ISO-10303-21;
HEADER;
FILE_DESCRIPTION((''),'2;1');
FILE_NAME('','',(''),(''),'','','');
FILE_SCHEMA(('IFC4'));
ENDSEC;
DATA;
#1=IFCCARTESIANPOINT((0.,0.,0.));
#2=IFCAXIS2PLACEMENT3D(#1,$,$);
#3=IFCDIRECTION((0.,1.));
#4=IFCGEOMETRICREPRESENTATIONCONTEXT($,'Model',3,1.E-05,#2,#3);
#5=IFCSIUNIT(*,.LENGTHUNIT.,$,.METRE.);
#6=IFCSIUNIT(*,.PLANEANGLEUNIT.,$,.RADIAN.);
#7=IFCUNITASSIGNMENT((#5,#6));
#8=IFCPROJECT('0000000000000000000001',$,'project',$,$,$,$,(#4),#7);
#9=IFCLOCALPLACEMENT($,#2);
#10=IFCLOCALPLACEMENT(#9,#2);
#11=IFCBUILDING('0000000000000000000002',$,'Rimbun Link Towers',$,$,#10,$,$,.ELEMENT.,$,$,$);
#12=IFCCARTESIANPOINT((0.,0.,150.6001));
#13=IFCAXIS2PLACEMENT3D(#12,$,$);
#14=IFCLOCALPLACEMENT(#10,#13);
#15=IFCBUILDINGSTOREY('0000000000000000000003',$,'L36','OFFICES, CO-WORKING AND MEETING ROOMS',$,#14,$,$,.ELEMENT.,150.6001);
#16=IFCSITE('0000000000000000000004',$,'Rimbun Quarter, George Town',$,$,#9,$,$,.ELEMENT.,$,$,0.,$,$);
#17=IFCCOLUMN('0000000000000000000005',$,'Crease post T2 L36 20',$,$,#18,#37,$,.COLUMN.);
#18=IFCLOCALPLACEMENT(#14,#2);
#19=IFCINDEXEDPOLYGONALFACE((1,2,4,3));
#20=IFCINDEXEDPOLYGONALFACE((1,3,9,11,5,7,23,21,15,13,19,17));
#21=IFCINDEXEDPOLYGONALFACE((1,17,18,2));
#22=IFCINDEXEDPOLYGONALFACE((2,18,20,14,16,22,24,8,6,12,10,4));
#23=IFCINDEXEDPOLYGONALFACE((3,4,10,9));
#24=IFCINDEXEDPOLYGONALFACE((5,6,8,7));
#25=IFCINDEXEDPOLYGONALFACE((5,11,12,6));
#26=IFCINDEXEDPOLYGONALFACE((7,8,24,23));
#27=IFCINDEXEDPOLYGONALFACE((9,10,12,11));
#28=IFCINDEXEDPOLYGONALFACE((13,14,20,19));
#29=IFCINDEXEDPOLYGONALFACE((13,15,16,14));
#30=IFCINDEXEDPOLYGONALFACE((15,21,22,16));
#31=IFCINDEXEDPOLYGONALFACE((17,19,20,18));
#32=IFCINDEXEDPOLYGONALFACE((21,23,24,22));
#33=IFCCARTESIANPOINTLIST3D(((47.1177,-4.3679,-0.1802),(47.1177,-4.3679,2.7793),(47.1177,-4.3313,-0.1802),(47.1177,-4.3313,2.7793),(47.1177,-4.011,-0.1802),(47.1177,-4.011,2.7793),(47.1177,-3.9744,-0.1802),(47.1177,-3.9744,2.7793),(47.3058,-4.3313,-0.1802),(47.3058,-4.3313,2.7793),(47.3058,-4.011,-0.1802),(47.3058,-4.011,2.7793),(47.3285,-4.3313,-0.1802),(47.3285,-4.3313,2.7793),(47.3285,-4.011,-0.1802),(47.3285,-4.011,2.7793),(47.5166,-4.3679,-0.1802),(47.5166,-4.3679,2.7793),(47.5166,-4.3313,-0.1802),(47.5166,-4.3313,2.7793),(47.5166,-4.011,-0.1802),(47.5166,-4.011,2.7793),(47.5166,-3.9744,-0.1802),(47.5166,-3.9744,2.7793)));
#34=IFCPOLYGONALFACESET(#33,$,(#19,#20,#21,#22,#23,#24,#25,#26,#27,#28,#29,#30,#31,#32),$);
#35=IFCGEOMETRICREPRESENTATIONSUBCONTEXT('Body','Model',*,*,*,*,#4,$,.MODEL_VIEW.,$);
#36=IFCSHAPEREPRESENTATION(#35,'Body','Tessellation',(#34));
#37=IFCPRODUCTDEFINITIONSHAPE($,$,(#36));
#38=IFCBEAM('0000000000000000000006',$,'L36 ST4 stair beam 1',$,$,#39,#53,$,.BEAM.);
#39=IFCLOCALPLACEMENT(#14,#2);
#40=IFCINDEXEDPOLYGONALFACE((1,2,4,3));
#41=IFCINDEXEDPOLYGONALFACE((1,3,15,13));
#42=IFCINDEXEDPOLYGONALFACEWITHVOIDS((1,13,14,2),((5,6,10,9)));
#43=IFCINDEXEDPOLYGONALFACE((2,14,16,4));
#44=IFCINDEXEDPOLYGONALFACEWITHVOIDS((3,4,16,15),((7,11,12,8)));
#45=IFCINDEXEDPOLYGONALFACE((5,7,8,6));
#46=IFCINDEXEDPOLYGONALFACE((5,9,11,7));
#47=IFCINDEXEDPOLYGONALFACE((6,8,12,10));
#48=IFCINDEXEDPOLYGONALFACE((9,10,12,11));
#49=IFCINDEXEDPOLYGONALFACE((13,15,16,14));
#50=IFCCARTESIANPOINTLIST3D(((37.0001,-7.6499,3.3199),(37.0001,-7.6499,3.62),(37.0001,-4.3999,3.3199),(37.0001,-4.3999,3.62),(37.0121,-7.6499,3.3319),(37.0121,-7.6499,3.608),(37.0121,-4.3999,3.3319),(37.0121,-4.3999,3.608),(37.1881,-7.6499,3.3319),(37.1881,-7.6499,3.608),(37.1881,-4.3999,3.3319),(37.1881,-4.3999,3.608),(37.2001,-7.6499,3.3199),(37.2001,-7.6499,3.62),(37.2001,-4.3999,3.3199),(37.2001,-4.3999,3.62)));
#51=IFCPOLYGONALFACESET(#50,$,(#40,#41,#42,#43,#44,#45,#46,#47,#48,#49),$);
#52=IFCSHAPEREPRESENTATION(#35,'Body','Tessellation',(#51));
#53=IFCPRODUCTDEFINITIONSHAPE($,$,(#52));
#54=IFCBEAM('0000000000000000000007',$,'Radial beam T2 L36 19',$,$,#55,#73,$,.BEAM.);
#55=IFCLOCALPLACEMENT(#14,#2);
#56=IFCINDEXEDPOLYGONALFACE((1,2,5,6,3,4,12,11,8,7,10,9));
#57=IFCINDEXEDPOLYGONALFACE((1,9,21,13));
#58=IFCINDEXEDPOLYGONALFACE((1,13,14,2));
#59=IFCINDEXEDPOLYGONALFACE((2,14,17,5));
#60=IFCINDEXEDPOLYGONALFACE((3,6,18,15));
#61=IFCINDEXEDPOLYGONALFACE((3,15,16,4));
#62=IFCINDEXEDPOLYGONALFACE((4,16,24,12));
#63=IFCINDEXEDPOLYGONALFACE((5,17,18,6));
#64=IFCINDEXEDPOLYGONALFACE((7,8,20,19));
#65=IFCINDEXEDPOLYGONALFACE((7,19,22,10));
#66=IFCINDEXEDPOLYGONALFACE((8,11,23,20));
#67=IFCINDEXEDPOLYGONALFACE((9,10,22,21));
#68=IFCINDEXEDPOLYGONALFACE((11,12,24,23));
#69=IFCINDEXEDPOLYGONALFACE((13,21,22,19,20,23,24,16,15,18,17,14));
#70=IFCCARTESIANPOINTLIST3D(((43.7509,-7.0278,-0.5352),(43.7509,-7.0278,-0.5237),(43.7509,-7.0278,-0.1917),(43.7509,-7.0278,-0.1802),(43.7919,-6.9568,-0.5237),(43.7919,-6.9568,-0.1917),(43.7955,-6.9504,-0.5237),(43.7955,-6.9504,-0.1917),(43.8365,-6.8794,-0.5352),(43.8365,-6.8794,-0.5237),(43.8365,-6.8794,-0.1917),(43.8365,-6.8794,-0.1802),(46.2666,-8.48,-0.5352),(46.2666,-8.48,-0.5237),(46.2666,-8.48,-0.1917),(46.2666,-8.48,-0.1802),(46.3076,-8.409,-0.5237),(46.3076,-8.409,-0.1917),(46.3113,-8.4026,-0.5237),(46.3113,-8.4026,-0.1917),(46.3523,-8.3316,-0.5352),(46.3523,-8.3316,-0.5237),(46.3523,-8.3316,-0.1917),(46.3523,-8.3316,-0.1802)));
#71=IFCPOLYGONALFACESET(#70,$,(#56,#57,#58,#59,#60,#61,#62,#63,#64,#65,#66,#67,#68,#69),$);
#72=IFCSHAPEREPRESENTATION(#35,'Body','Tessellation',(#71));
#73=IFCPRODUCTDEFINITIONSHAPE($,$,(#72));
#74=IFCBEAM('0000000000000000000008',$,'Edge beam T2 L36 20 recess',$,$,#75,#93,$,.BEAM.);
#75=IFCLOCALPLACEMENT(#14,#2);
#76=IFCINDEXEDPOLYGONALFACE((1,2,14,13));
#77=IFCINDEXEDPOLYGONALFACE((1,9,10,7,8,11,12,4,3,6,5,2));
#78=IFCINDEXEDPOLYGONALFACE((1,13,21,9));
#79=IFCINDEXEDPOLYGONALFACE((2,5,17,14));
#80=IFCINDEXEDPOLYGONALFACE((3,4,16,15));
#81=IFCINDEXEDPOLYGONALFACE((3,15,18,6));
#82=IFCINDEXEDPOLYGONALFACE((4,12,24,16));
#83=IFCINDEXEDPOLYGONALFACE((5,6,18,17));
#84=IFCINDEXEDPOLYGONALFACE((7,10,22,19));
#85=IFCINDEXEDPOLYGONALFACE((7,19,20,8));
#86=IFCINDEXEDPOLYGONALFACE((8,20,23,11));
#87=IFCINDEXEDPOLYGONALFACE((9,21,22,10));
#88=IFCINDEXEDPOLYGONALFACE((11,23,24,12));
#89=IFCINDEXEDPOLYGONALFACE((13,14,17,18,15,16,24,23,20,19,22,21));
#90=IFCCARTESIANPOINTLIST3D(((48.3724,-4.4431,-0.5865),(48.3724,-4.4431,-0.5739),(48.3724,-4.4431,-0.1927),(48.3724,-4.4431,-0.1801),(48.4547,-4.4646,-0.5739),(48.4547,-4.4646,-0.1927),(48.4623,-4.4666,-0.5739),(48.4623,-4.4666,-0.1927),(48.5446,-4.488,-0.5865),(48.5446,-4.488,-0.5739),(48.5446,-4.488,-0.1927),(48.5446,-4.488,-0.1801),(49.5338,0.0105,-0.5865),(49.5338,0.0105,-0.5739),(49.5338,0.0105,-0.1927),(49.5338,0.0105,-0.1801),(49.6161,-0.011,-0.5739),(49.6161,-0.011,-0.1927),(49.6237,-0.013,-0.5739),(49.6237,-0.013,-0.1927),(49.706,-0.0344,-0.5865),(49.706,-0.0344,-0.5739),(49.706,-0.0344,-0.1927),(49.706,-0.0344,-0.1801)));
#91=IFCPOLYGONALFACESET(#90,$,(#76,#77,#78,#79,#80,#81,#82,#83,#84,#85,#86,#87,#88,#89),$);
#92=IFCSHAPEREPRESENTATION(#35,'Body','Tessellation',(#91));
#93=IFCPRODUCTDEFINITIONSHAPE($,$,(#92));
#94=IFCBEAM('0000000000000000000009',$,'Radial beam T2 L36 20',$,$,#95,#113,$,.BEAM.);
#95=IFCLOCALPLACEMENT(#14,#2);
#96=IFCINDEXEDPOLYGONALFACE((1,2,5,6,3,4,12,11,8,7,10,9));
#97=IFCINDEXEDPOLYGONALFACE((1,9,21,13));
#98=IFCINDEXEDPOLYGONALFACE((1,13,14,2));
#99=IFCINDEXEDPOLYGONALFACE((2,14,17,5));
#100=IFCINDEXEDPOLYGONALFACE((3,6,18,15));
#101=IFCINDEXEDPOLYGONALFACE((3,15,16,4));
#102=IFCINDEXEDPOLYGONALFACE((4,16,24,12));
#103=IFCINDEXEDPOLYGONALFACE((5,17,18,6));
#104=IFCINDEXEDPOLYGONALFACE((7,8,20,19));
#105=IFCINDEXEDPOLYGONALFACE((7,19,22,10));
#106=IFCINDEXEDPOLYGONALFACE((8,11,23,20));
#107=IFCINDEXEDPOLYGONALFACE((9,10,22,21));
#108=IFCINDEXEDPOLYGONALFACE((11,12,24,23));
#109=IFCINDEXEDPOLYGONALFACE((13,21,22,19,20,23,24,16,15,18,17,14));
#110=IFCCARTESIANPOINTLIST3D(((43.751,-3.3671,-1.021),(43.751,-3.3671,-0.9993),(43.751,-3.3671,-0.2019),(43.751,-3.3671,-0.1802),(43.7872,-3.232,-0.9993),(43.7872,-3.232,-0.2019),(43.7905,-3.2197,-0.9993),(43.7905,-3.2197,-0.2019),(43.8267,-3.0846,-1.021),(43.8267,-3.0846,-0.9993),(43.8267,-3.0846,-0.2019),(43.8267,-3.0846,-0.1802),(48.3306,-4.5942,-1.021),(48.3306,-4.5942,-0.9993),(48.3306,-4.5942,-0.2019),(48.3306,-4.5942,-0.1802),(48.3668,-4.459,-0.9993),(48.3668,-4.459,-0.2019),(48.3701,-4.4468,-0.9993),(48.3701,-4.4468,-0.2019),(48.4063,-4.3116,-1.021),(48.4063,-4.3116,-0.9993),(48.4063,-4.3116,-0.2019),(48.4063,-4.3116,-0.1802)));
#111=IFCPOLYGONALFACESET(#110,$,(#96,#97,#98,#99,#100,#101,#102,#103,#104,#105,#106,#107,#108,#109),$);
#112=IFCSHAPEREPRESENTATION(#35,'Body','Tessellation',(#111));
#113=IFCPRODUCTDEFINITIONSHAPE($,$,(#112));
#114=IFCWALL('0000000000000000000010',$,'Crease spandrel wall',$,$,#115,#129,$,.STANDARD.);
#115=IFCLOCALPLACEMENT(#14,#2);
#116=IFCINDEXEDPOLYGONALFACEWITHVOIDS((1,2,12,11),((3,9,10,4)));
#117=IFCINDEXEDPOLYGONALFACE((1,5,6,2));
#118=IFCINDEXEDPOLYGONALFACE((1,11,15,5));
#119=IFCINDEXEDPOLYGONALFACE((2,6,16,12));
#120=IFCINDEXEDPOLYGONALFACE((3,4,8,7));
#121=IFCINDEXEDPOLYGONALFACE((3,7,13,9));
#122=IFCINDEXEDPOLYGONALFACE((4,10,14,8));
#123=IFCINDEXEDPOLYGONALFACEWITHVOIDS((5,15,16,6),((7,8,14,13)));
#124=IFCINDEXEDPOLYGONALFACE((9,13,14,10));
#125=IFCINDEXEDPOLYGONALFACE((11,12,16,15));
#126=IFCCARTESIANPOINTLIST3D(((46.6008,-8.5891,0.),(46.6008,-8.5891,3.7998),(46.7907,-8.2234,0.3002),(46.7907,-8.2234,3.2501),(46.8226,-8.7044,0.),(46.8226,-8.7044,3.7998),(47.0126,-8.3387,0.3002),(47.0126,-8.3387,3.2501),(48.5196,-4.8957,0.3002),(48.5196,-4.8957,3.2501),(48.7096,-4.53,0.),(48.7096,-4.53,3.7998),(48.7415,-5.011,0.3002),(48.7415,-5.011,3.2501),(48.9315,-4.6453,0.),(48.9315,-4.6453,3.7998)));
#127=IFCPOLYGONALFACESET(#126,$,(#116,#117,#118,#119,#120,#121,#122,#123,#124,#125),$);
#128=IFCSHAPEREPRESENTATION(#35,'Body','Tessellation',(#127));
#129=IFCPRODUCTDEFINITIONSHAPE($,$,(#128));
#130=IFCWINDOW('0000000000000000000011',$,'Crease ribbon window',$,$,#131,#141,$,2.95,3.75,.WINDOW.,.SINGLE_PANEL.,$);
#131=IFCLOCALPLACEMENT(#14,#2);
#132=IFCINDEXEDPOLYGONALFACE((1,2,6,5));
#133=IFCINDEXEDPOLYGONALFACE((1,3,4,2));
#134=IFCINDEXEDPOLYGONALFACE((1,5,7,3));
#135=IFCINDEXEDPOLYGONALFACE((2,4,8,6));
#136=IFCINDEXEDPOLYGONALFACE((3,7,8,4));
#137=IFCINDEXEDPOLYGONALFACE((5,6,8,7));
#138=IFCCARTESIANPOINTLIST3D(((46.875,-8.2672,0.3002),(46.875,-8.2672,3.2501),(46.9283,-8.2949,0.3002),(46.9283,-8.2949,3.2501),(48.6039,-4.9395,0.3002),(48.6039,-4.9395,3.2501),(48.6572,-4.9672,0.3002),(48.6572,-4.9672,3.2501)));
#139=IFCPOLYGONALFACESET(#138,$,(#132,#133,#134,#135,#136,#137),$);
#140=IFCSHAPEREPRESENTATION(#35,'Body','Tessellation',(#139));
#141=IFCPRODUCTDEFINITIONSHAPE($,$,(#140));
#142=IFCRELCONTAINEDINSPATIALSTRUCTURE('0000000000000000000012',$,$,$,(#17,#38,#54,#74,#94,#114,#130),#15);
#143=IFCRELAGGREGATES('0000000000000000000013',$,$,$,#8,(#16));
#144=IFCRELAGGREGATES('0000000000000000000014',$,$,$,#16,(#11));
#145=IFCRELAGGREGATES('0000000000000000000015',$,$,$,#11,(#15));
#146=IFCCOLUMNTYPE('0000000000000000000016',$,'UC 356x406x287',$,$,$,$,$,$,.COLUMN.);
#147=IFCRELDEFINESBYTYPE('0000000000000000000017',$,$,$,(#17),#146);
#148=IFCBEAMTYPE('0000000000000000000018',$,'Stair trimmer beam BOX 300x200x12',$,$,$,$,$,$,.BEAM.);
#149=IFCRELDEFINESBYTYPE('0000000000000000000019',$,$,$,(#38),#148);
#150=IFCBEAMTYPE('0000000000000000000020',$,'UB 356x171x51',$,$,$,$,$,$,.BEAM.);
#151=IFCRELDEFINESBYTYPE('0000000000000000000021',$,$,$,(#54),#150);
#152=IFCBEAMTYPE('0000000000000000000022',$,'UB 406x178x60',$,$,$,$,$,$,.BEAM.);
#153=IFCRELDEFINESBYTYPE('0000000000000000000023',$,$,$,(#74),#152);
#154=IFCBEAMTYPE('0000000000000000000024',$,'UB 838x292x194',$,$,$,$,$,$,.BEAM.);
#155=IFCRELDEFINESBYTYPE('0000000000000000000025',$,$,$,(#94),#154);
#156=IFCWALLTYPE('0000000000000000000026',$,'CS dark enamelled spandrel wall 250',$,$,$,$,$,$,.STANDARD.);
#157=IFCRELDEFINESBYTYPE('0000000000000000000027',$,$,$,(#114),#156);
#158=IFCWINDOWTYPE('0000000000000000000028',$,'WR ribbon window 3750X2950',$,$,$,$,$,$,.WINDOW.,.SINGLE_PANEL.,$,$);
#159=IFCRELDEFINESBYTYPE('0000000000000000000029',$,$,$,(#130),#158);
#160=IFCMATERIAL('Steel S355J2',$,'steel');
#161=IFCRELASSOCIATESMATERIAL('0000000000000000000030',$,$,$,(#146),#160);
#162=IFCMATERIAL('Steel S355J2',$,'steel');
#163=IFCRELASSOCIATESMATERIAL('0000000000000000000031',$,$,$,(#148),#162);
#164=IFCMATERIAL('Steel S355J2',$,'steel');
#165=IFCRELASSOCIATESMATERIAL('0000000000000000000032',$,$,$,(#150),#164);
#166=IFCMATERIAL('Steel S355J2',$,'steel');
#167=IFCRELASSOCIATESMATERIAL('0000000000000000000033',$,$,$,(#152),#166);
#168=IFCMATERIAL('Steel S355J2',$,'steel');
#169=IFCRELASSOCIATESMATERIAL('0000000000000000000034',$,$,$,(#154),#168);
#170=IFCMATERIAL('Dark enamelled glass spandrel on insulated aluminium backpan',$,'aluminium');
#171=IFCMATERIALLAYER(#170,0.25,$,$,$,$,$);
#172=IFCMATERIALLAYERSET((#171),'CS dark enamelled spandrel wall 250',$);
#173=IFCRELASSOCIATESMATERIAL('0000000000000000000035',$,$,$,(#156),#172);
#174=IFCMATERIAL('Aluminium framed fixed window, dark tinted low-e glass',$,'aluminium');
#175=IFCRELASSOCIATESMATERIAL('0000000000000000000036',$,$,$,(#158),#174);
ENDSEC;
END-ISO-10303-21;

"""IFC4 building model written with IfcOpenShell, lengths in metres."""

from ifc_helpers import new_model, si_unit, direction, frame, frame_2d, origin, origin_2d, place, context, subcontext, project, spatial, rectangle, hollow_rectangle, i_section, extrude, material, layer, layer_set, material_profile, profile_set, type_object, element, fill, save


model = new_model("IFC4")

# Units and contexts
model_context = context("Model", 3, precision=1e-05, world=origin(), true_north=direction((0.0, 1.0)))
body_context = subcontext(model_context, "Body", "Model", "MODEL_VIEW")
ifc_project = project(units=[si_unit("LENGTHUNIT", "METRE"), si_unit("PLANEANGLEUNIT", "RADIAN")], contexts=[model_context])

# Site, building, storey
site_placement = place(None, origin())
site = spatial("IfcSite", under=ifc_project, at=site_placement, Name="Rimbun Quarter, George Town", CompositionType="ELEMENT", RefElevation=0.0)
building_placement = place(site_placement, origin())
building = spatial("IfcBuilding", under=site, at=building_placement, Name="Rimbun Link Towers", CompositionType="ELEMENT")
storey_placement = place(building_placement, frame((0.0, 0.0, 150.6001)))
storey = spatial("IfcBuildingStorey", under=building, at=storey_placement, Name="L36", Description="OFFICES, CO-WORKING AND MEETING ROOMS", CompositionType="ELEMENT", Elevation=150.6001)

# Column
ifc_material_1 = material(Name="Steel S355J2", Category="steel")
ifc_material_profile_1 = material_profile(ifc_material_1, i_section(OverallWidth=0.3989, OverallDepth=0.3936, WebThickness=0.0227, FlangeThickness=0.0366, at=origin_2d()), Name="UC 356x406x287")
ifc_profile_set_1 = profile_set([ifc_material_profile_1], Name="Steel S355J2")
column_type = type_object("IfcColumnType", Name="UC 356x406x287", PredefinedType="COLUMN", material=ifc_profile_set_1)
column_placement = place(storey_placement, frame((47.3171, -4.1711, -0.1802), z_axis=(0.0, 0.0, 1.0), x_axis=(1.0, 0.0, 0.0)))
element("IfcColumn", 1, at=column_placement, inside=storey, type_object=column_type, Name="Crease post T2 L36 20", PredefinedType="COLUMN", context=body_context, shape_type="SweptSolid", body=[
    extrude(i_section(OverallWidth=0.3989, OverallDepth=0.3936, WebThickness=0.0227, FlangeThickness=0.0366, at=origin_2d()), origin(), (0.0, 0.0, 1.0), 2.9595),
])

# Beams
ifc_material_2 = material(Name="Steel S355J2", Category="steel")
ifc_material_profile_2 = material_profile(ifc_material_2, hollow_rectangle(XDim=0.2, YDim=0.3, WallThickness=0.012, at=origin_2d()), Name="BOX 300x200x12")
ifc_profile_set_2 = profile_set([ifc_material_profile_2], Name="Steel S355J2")
beam_type_1 = type_object("IfcBeamType", Name="Stair trimmer beam BOX 300x200x12", PredefinedType="BEAM", material=ifc_profile_set_2)
beam_1_placement = place(storey_placement, frame((37.1001, -7.6499, 3.47), z_axis=(0.0, 1.0, 0.0), x_axis=(-1.0, 0.0, 0.0)))
element("IfcBeam", 2, at=beam_1_placement, inside=storey, type_object=beam_type_1, Name="L36 ST4 stair beam 1", PredefinedType="BEAM", context=body_context, shape_type="SweptSolid", body=[
    extrude(hollow_rectangle(XDim=0.2, YDim=0.3, WallThickness=0.012, at=origin_2d()), origin(), (0.0, 0.0, 1.0), 3.25),
])
ifc_material_3 = material(Name="Steel S355J2", Category="steel")
ifc_material_profile_3 = material_profile(ifc_material_3, i_section(OverallWidth=0.1714, OverallDepth=0.355, WebThickness=0.0073, FlangeThickness=0.0115, at=origin_2d()), Name="UB 356x171x51")
ifc_profile_set_3 = profile_set([ifc_material_profile_3], Name="Steel S355J2")
beam_type_2 = type_object("IfcBeamType", Name="UB 356x171x51", PredefinedType="BEAM", material=ifc_profile_set_3)
beam_2_placement = place(storey_placement, frame((43.7937, -6.9536, -0.3577), z_axis=(0.866062, -0.499936, 0.0), x_axis=(0.499936, 0.866062, 0.0)))
element("IfcBeam", 3, at=beam_2_placement, inside=storey, type_object=beam_type_2, Name="Radial beam T2 L36 19", PredefinedType="BEAM", context=body_context, shape_type="SweptSolid", body=[
    extrude(i_section(OverallWidth=0.1714, OverallDepth=0.355, WebThickness=0.0073, FlangeThickness=0.0115, at=origin_2d()), origin(), (0.0, 0.0, 1.0), 2.9048),
])
ifc_material_4 = material(Name="Steel S355J2", Category="steel")
ifc_material_profile_4 = material_profile(ifc_material_4, i_section(OverallWidth=0.178, OverallDepth=0.4065, WebThickness=0.0078, FlangeThickness=0.0127, at=origin_2d()), Name="UB 406x178x60")
ifc_profile_set_4 = profile_set([ifc_material_profile_4], Name="Steel S355J2")
beam_type_3 = type_object("IfcBeamType", Name="UB 406x178x60", PredefinedType="BEAM", material=ifc_profile_set_4)
beam_3_placement = place(storey_placement, frame((48.4585, -4.4656, -0.3833), z_axis=(0.252333, 0.96764, 0.0), x_axis=(-0.96764, 0.252333, 0.0)))
element("IfcBeam", 4, at=beam_3_placement, inside=storey, type_object=beam_type_3, Name="Edge beam T2 L36 20 recess", PredefinedType="BEAM", context=body_context, shape_type="SweptSolid", body=[
    extrude(i_section(OverallWidth=0.178, OverallDepth=0.4065, WebThickness=0.0078, FlangeThickness=0.0127, at=origin_2d()), origin(), (0.0, 0.0, 1.0), 4.6025),
])
ifc_material_5 = material(Name="Steel S355J2", Category="steel")
ifc_material_profile_5 = material_profile(ifc_material_5, i_section(OverallWidth=0.2925, OverallDepth=0.8408, WebThickness=0.0127, FlangeThickness=0.0217, at=origin_2d()), Name="UB 838x292x194")
ifc_profile_set_5 = profile_set([ifc_material_profile_5], Name="Steel S355J2")
beam_type_4 = type_object("IfcBeamType", Name="UB 838x292x194", PredefinedType="BEAM", material=ifc_profile_set_5)
beam_4_placement = place(storey_placement, frame((43.7888, -3.2258, -0.6006), z_axis=(0.965928, -0.25881, 0.0), x_axis=(0.25881, 0.965928, 0.0)))
element("IfcBeam", 5, at=beam_4_placement, inside=storey, type_object=beam_type_4, Name="Radial beam T2 L36 20", PredefinedType="BEAM", context=body_context, shape_type="SweptSolid", body=[
    extrude(i_section(OverallWidth=0.2925, OverallDepth=0.8408, WebThickness=0.0127, FlangeThickness=0.0217, at=origin_2d()), origin(), (0.0, 0.0, 1.0), 4.7412),
])

# Wall, opening, window
ifc_material_6 = material(Name="Dark enamelled glass spandrel on insulated aluminium backpan", Category="aluminium")
ifc_layer_1 = layer(ifc_material_6, 0.25)
ifc_layer_set_1 = layer_set([ifc_layer_1], Name="CS dark enamelled spandrel wall 250")
wall_type_1 = type_object("IfcWallType", Name="CS dark enamelled spandrel wall 250", PredefinedType="STANDARD", material=ifc_layer_set_1)
wall_1_placement = place(storey_placement, frame((48.8206, -4.5876, 0.0), z_axis=(0.0, 0.0, 1.0), x_axis=(-0.461037, -0.887381, 0.0)))
wall_1 = element("IfcWall", 6, at=wall_1_placement, inside=storey, type_object=wall_type_1, Name="Crease spandrel wall", PredefinedType="STANDARD", context=body_context, shape_type="SweptSolid", body=[
    extrude(rectangle(XDim=4.5742, YDim=0.25, at=frame_2d((2.2871, 0.0))), origin(), (0.0, 0.0, 1.0), 3.7998),
])
opening_1_placement = place(wall_1_placement, frame((0.4121, 0.0, 0.3)))
opening_1 = element("IfcOpeningElement", 7, at=opening_1_placement, cuts=wall_1, PredefinedType="OPENING", context=body_context, shape_type="SweptSolid", body=[
    extrude(rectangle(XDim=3.75, YDim=2.95, at=frame_2d((1.875, 1.4751))), frame((0.0, 0.135, 0.0), z_axis=(0.0, -1.0, 0.0), x_axis=(1.0, 0.0, 0.0)), (0.0, 0.0, 1.0), 0.27),
])
ifc_material_7 = material(Name="Aluminium framed fixed window, dark tinted low-e glass", Category="aluminium")
window_type = type_object("IfcWindowType", Name="WR ribbon window 3750X2950", PartitioningType="SINGLE_PANEL", PredefinedType="WINDOW", material=ifc_material_7)
window_placement = place(opening_1_placement, origin())
window = element("IfcWindow", 8, at=window_placement, inside=storey, type_object=window_type, Name="Crease ribbon window", OverallHeight=2.95, OverallWidth=3.75, PartitioningType="SINGLE_PANEL", PredefinedType="WINDOW", context=body_context, shape_type="SweptSolid", body=[
    extrude(rectangle(XDim=3.75, YDim=2.95, at=frame_2d((1.875, 1.4751))), frame((0.0, 0.03, 0.0), z_axis=(0.0, -1.0, 0.0), x_axis=(1.0, 0.0, 0.0)), (0.0, 0.0, 1.0), 0.0601),
])
fill(opening_1, window)

save(model, "model.ifc")
